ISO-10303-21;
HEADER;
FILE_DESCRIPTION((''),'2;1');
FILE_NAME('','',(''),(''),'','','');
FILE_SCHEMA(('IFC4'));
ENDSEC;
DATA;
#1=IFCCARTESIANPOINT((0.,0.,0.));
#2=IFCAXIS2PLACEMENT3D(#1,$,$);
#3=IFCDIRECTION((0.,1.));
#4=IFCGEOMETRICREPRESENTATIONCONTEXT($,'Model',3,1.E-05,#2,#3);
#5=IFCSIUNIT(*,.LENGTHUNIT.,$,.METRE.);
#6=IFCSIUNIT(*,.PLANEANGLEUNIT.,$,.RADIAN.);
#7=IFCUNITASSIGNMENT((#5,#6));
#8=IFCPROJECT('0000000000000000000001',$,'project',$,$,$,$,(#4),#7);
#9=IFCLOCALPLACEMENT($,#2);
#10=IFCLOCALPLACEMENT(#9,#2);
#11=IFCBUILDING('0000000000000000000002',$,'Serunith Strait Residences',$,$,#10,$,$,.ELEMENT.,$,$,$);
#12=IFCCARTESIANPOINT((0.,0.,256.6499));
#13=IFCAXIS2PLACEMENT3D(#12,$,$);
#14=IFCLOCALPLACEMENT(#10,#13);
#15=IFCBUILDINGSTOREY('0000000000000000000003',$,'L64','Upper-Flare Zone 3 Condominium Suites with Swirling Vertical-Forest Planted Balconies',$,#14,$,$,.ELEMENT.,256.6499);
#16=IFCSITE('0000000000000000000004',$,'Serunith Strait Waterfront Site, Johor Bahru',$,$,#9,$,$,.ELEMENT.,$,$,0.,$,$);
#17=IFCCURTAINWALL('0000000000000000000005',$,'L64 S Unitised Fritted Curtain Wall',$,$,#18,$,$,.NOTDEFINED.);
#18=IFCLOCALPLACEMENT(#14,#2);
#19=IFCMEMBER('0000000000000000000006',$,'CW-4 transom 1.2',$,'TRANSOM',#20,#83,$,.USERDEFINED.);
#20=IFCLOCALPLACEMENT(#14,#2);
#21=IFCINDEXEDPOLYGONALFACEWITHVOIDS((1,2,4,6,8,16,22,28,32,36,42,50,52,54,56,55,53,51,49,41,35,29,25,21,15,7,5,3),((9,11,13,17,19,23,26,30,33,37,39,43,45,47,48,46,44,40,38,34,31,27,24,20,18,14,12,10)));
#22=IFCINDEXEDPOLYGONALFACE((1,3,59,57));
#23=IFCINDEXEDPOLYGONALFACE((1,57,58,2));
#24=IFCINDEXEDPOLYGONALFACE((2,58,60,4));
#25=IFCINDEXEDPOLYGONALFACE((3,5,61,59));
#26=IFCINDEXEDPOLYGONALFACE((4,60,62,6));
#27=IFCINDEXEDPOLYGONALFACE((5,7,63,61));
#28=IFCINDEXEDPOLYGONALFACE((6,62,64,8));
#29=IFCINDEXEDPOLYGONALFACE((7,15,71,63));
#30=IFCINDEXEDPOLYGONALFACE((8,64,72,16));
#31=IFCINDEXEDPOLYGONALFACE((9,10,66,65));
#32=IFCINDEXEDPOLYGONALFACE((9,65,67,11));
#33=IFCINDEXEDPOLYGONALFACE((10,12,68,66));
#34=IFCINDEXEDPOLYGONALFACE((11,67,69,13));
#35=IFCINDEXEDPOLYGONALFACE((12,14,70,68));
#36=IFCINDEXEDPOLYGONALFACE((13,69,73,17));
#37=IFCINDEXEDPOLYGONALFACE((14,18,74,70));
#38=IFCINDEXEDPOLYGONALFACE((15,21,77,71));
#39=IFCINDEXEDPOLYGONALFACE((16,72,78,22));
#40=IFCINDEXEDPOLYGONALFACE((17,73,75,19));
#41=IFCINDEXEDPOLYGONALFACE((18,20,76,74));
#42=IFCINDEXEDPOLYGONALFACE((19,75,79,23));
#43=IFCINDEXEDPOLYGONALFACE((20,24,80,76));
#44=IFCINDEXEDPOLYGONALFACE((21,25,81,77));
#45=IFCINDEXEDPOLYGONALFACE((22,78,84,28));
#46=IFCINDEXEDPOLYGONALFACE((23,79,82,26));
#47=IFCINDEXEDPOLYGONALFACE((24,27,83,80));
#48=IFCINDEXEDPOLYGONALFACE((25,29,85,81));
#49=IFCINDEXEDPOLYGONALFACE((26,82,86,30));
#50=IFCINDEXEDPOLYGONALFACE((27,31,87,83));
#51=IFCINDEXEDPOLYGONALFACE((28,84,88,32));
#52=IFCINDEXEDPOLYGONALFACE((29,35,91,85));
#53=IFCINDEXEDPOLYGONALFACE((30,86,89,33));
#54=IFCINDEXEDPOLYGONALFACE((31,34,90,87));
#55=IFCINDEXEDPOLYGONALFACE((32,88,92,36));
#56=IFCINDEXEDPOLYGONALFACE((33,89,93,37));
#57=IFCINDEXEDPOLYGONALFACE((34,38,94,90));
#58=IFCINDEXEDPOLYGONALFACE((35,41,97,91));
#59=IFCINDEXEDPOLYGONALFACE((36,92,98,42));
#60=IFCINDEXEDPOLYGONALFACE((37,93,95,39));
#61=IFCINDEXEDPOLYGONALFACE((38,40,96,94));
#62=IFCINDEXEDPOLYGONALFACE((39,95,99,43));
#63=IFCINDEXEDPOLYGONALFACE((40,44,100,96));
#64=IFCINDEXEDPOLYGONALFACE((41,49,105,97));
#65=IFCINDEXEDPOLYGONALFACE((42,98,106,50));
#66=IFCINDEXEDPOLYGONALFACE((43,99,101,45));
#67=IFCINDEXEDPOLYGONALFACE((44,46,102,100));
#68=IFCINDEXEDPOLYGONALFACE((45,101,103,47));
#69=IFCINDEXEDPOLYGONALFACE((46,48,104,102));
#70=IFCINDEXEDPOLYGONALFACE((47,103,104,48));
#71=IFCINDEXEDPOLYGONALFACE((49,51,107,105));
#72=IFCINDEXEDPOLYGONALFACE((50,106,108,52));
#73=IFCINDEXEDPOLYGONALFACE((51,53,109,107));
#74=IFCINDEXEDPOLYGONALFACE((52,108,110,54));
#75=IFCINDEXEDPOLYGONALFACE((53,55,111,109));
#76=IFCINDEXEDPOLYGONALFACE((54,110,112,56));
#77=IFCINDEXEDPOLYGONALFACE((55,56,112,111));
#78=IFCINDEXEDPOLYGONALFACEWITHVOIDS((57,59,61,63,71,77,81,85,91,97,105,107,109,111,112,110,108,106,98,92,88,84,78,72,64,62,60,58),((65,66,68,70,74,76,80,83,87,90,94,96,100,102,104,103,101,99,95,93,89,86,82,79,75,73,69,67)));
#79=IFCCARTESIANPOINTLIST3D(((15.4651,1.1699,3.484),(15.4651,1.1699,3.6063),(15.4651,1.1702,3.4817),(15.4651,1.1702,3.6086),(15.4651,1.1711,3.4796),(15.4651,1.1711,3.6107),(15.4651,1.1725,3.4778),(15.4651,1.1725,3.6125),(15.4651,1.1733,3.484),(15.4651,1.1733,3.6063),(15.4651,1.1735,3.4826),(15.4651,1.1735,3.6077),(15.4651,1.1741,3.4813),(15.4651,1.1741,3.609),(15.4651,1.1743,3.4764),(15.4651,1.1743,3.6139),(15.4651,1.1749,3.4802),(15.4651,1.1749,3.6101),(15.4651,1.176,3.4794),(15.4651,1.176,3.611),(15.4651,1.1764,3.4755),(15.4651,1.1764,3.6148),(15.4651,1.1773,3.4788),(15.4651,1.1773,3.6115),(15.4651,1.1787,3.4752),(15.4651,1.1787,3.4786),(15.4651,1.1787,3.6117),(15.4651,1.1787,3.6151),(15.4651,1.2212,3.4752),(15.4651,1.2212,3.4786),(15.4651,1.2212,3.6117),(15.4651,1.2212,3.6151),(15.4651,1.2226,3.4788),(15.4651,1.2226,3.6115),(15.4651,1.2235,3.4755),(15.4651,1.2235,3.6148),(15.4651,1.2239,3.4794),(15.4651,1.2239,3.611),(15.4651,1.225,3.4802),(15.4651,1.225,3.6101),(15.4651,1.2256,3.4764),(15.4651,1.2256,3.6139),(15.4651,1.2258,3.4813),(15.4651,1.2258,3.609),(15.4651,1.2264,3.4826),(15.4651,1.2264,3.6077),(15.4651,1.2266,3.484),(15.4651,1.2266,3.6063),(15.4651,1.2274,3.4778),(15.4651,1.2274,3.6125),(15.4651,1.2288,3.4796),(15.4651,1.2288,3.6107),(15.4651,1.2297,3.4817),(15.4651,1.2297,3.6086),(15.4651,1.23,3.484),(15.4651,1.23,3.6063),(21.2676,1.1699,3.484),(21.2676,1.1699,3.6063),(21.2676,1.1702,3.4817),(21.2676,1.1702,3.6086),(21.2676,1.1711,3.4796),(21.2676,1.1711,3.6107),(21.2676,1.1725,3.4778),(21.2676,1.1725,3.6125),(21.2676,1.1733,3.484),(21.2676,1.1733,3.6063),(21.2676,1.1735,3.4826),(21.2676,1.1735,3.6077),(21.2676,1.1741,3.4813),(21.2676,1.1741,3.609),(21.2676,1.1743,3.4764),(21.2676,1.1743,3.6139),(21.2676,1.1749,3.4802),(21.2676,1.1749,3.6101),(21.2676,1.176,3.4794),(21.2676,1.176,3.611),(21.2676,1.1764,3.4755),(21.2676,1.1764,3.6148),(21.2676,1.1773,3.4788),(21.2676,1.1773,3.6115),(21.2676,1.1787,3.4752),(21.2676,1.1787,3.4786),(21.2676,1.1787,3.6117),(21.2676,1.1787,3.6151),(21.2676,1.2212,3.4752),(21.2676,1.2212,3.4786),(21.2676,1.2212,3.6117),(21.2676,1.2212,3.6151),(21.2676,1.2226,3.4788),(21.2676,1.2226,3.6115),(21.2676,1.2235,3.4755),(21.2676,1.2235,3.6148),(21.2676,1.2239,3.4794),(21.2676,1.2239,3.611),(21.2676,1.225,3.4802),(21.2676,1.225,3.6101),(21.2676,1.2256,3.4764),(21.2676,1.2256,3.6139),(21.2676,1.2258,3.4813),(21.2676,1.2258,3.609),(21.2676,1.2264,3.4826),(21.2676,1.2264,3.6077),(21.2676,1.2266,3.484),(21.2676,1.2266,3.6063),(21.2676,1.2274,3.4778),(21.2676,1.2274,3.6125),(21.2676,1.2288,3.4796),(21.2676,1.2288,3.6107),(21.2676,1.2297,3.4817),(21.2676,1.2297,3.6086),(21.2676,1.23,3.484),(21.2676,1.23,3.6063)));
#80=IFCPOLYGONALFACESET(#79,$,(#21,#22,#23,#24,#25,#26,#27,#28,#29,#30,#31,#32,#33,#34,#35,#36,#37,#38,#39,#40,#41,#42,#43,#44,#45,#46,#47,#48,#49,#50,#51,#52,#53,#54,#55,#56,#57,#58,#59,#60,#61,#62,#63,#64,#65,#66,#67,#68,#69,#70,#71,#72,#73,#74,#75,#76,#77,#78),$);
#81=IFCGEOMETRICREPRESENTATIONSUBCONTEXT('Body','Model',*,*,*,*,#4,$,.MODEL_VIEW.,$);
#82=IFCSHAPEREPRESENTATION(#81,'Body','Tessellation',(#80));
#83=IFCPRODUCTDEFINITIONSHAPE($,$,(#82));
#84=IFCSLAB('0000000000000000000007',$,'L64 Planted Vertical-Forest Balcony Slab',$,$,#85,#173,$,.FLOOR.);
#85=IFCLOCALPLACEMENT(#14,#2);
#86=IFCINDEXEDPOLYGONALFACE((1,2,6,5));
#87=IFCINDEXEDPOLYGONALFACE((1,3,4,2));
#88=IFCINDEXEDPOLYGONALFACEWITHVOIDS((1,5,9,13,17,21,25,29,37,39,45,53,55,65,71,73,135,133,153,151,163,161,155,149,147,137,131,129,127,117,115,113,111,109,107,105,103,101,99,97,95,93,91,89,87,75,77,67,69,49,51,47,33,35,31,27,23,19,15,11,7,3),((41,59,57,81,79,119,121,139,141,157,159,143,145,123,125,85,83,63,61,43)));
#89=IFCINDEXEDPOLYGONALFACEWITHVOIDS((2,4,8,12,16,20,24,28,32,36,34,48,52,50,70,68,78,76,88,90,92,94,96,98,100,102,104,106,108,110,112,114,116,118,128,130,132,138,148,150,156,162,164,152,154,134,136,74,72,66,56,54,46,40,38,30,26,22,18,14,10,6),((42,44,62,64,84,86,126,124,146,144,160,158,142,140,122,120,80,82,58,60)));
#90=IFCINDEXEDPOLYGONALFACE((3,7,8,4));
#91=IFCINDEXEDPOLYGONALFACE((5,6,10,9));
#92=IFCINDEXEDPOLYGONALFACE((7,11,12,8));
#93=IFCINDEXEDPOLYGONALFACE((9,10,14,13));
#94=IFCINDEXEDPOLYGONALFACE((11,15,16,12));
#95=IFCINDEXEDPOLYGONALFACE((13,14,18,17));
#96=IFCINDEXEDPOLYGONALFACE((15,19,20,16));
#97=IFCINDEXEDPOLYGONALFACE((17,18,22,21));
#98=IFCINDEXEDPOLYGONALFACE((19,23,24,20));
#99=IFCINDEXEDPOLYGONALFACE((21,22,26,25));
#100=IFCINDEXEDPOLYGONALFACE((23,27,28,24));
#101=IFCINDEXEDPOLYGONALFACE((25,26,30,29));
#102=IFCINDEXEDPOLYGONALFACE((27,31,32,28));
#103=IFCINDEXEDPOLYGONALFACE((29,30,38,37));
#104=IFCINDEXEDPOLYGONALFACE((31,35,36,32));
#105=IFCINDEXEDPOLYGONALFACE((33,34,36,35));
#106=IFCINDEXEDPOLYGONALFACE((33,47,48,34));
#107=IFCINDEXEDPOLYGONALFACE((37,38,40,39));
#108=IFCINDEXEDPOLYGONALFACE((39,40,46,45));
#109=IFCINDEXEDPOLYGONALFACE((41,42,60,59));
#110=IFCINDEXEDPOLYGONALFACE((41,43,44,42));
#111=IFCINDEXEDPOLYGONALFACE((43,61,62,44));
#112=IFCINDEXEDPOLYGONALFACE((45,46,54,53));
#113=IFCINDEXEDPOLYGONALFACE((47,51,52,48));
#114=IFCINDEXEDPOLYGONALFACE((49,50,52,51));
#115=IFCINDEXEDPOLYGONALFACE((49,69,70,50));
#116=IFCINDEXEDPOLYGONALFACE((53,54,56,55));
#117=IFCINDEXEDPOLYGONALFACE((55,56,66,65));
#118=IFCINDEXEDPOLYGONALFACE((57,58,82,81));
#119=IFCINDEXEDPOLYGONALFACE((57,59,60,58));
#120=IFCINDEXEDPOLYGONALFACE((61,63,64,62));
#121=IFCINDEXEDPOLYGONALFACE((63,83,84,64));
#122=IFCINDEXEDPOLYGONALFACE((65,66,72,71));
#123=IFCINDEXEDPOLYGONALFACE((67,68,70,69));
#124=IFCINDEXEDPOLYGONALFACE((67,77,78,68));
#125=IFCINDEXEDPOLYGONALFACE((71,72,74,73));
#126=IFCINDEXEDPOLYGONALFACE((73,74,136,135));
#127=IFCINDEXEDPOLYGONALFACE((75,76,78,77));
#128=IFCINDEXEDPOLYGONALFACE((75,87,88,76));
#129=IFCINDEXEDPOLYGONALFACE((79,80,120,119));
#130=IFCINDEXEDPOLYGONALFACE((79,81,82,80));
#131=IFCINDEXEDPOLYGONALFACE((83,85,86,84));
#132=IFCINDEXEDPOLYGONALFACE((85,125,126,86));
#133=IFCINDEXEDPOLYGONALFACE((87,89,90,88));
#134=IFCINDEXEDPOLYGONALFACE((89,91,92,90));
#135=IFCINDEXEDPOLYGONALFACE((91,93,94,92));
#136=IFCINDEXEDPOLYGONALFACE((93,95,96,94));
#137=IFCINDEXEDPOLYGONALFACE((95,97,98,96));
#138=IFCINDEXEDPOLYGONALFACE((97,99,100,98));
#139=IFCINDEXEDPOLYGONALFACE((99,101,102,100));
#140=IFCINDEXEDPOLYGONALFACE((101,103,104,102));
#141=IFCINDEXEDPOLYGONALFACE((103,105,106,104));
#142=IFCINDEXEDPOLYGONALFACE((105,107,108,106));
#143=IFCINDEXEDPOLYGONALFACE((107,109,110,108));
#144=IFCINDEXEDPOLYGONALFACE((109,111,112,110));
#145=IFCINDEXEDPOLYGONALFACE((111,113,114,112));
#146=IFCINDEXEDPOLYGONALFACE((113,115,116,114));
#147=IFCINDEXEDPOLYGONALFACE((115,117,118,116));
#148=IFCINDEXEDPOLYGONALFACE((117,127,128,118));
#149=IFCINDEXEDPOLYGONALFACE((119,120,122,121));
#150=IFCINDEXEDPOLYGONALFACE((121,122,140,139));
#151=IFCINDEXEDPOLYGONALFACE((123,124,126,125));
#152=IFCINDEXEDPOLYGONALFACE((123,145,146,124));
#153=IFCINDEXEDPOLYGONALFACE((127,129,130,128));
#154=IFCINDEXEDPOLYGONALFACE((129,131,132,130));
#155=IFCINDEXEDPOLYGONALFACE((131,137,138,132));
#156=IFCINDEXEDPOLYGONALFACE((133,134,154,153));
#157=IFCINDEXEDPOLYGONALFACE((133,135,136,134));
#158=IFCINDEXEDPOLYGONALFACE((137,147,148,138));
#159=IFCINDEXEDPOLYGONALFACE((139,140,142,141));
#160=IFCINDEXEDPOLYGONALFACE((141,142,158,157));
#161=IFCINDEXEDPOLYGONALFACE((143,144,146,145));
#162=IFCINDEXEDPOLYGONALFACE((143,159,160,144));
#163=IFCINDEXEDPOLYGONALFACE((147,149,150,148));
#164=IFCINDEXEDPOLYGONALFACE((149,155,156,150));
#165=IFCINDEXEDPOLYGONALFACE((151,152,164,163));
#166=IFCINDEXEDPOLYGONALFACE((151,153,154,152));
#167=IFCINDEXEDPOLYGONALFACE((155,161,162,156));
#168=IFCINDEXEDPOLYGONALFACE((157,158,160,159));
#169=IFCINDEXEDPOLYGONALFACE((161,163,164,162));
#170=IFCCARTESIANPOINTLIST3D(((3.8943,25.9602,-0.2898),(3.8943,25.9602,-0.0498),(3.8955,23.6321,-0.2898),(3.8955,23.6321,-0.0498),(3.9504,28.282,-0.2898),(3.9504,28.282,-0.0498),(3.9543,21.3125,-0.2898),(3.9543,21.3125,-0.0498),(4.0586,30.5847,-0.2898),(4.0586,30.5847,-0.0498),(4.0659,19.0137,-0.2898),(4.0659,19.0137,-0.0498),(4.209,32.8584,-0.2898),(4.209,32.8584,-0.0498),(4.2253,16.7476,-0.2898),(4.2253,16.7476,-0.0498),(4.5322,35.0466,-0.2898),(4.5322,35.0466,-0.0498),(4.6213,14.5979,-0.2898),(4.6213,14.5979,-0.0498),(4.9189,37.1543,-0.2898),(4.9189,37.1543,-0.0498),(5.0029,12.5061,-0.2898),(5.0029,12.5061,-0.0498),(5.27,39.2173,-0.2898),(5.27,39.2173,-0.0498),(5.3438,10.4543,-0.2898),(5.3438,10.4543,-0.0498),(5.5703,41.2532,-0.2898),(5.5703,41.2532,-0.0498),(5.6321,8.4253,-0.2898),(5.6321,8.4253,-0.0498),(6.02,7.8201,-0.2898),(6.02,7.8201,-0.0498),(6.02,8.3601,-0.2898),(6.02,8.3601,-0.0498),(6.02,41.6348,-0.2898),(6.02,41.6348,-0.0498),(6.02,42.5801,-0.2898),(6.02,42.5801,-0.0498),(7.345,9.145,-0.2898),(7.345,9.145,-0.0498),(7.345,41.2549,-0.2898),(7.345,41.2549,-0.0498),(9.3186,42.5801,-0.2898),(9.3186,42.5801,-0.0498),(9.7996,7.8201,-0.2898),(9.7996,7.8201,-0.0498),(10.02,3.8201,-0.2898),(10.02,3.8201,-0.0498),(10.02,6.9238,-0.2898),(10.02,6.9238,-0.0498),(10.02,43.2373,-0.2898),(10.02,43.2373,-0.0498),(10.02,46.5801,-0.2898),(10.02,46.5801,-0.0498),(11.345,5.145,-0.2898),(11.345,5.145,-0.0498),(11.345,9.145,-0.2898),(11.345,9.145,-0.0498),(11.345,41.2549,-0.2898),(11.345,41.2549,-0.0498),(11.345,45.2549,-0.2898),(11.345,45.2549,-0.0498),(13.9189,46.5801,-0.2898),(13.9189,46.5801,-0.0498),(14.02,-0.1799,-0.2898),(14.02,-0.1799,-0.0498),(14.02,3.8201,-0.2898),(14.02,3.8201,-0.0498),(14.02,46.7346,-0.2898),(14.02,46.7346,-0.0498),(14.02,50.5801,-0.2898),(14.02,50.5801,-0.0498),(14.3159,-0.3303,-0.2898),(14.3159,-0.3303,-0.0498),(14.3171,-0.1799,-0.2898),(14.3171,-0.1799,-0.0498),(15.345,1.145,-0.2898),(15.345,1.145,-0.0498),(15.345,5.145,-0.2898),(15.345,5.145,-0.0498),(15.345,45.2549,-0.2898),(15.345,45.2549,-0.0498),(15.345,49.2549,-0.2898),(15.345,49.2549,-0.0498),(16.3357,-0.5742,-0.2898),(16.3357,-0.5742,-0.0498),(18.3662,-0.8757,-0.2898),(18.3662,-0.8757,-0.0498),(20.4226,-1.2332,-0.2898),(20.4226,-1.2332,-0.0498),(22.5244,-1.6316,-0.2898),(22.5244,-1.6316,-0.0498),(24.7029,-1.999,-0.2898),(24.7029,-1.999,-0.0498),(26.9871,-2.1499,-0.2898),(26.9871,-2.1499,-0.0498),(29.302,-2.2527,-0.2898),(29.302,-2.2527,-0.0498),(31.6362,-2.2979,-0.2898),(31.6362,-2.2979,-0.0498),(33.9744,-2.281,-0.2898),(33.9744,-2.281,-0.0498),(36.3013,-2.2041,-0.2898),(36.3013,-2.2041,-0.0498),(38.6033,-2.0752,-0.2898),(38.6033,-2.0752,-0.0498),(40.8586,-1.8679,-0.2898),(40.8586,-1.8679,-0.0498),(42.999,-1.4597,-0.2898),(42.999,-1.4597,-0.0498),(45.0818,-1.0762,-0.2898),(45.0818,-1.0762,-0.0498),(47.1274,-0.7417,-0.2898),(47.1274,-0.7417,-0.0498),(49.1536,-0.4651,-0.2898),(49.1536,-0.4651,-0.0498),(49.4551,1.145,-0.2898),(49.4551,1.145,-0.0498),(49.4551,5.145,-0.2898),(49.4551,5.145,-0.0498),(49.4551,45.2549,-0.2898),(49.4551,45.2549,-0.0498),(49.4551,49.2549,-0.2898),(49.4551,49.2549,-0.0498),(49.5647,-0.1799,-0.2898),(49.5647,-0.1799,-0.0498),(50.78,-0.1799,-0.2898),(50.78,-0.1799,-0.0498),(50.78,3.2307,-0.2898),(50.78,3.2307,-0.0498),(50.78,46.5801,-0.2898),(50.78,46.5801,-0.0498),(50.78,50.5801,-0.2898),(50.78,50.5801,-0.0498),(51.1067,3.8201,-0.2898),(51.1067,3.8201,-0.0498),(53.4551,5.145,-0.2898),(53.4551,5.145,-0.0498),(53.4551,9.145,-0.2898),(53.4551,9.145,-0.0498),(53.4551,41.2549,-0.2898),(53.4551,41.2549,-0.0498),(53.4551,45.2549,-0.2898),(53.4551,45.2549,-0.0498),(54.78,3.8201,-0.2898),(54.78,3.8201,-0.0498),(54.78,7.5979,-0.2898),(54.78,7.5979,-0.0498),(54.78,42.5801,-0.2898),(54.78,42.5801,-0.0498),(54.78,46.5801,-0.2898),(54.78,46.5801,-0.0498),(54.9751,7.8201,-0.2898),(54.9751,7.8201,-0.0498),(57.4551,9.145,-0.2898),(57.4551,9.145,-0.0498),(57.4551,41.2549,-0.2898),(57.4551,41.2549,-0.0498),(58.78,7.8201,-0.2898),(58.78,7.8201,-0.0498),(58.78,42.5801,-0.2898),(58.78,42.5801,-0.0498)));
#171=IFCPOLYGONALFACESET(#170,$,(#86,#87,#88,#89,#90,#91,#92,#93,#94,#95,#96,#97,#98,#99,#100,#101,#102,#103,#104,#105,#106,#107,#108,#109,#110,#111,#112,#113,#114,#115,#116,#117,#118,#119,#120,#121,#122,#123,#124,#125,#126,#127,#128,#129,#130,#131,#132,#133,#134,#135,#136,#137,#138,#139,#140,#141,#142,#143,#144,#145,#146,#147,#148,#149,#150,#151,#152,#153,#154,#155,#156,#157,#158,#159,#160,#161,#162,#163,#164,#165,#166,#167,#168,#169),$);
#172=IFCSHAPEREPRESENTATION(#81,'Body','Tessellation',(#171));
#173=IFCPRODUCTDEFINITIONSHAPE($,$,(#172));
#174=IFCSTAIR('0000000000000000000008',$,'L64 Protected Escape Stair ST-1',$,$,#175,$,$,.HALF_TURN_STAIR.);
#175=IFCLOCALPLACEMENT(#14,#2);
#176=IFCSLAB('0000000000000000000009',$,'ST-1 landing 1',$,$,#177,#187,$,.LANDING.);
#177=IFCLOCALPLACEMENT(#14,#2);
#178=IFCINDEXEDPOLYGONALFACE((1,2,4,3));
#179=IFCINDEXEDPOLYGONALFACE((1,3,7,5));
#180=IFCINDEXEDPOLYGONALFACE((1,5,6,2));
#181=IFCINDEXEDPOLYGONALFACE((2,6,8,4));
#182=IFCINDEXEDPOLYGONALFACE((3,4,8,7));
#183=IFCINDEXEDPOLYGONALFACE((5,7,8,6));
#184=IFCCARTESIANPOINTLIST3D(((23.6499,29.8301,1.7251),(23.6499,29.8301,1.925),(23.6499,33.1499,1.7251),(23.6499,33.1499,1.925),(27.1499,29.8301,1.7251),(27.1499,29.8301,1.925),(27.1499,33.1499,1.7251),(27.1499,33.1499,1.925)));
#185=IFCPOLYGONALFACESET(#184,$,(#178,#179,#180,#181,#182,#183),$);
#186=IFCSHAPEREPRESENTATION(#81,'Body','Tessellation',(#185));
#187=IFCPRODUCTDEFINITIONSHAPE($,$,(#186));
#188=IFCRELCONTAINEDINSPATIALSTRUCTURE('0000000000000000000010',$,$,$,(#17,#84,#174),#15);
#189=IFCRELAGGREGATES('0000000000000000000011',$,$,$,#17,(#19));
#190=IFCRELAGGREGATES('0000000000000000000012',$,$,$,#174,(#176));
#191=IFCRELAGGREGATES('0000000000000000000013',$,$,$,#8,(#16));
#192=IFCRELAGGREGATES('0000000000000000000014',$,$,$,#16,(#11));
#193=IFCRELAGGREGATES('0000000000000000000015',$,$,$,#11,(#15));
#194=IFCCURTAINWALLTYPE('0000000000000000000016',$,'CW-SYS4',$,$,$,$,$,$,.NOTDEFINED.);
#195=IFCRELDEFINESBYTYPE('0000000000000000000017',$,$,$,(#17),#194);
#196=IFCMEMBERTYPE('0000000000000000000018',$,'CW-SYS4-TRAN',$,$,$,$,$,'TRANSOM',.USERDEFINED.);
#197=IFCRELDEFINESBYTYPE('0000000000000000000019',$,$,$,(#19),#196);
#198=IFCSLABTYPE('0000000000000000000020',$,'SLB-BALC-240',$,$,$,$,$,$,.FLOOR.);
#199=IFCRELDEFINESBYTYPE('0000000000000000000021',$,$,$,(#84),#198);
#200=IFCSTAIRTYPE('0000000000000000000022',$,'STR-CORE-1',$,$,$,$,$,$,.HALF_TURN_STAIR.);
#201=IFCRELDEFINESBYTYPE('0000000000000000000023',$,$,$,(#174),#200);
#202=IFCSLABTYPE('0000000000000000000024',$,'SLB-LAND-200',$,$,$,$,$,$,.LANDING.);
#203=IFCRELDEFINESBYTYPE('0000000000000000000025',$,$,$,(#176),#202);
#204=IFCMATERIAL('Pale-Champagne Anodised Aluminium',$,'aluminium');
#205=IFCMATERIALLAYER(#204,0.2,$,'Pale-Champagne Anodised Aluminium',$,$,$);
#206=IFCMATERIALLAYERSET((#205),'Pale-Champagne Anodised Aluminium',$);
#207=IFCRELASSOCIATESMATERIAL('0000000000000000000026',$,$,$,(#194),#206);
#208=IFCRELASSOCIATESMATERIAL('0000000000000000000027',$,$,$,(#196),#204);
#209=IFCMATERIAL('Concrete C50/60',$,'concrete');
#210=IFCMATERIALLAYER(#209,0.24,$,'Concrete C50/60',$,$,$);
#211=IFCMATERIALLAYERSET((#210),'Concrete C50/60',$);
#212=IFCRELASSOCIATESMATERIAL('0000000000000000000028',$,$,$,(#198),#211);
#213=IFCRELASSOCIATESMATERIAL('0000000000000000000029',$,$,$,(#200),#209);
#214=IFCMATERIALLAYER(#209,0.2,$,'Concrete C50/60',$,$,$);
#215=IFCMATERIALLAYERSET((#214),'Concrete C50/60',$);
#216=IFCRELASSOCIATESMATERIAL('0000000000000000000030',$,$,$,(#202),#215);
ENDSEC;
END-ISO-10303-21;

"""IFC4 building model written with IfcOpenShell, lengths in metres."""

from ifc_helpers import new_model, si_unit, direction, frame, origin, origin_2d, place, context, subcontext, project, spatial, polyline, hollow_rectangle, outline, extrude, source, transform, mapped, material, layer, layer_set, material_profile, profile_set, type_object, element, aggregate, save


model = new_model("IFC4")

# Units and contexts
model_context = context("Model", 3, precision=1e-05, world=origin(), true_north=direction((0.0, 1.0)))
body_context = subcontext(model_context, "Body", "Model", "MODEL_VIEW")
ifc_project = project(units=[si_unit("LENGTHUNIT", "METRE"), si_unit("PLANEANGLEUNIT", "RADIAN")], contexts=[model_context])

# Site, building, storey
site_placement = place(None, origin())
site = spatial("IfcSite", under=ifc_project, at=site_placement, Name="Serunith Strait Waterfront Site, Johor Bahru", CompositionType="ELEMENT", RefElevation=0.0)
building_placement = place(site_placement, origin())
building = spatial("IfcBuilding", under=site, at=building_placement, Name="Serunith Strait Residences", CompositionType="ELEMENT")
storey_placement = place(building_placement, frame((0.0, 0.0, 256.6499)))
storey = spatial("IfcBuildingStorey", under=building, at=storey_placement, Name="L64", Description="Upper-Flare Zone 3 Condominium Suites with Swirling Vertical-Forest Planted Balconies", CompositionType="ELEMENT", Elevation=256.6499)

# Curtain wall
ifc_material_1 = material(Name="Pale-Champagne Anodised Aluminium", Category="aluminium")
ifc_layer_1 = layer(ifc_material_1, 0.2, Name="Pale-Champagne Anodised Aluminium")
ifc_layer_set_1 = layer_set([ifc_layer_1], Name="Pale-Champagne Anodised Aluminium")
curtain_wall_type = type_object("IfcCurtainWallType", Name="CW-SYS4", PredefinedType="NOTDEFINED", material=ifc_layer_set_1)
curtain_wall_1_placement = place(storey_placement, origin())
curtain_wall_1 = element("IfcCurtainWall", 1, at=curtain_wall_1_placement, inside=storey, type_object=curtain_wall_type, Name="L64 S Unitised Fritted Curtain Wall", PredefinedType="NOTDEFINED")

# Member
ifc_material_profile_1 = material_profile(ifc_material_1, hollow_rectangle(XDim=0.0601, YDim=0.1399, WallThickness=0.0034, InnerFilletRadius=0.0054, OuterFilletRadius=0.0088, at=origin_2d()), Name="ALU 140x60x3.5")
ifc_profile_set_1 = profile_set([ifc_material_profile_1], Name="Pale-Champagne Anodised Aluminium")
member_type_1 = type_object("IfcMemberType", Name="CW-SYS4-TRAN", ElementType="TRANSOM", PredefinedType="USERDEFINED", material=ifc_profile_set_1)
shared_shape_1 = source(origin(), body_context, "Body", "SweptSolid", [
    extrude(hollow_rectangle(XDim=0.0601, YDim=0.1399, WallThickness=0.0034, InnerFilletRadius=0.0054, OuterFilletRadius=0.0088, at=origin_2d()), origin(), (0.0, 0.0, 1.0), 5.8025),
])
member_1_placement = place(storey_placement, frame((15.4651, 1.2, 3.5452), z_axis=(1.0, 0.0, 0.0), x_axis=(0.0, 1.0, 0.0)))
member_1 = element("IfcMember", 2, at=member_1_placement, type_object=member_type_1, Name="CW-4 transom 1.2", ObjectType="TRANSOM", PredefinedType="USERDEFINED", context=body_context, shape_type="MappedRepresentation", body=[
    mapped(shared_shape_1, transform((0.0, 0.0, 0.0), scale=1.0)),
])
aggregate(curtain_wall_1, [member_1])

# Slab
ifc_material_2 = material(Name="Concrete C50/60", Category="concrete")
ifc_layer_2 = layer(ifc_material_2, 0.24, Name="Concrete C50/60")
ifc_layer_set_2 = layer_set([ifc_layer_2], Name="Concrete C50/60")
slab_type_1 = type_object("IfcSlabType", Name="SLB-BALC-240", PredefinedType="FLOOR", material=ifc_layer_set_2)
slab_1_placement = place(storey_placement, frame((0.0, 0.0, -0.2898)))
element("IfcSlab", 3, at=slab_1_placement, inside=storey, type_object=slab_type_1, Name="L64 Planted Vertical-Forest Balcony Slab", PredefinedType="FLOOR", context=body_context, shape_type="SweptSolid", body=[
    extrude(outline(polyline([(14.02, -0.1799), (14.02, 3.8201), (10.02, 3.8201), (10.02, 6.9238), (9.7996, 7.8201), (6.02, 7.8201), (6.02, 8.3601), (5.6321, 8.4253), (5.3438, 10.4543), (5.0029, 12.5061), (4.6213, 14.5979), (4.2253, 16.7476), (4.0659, 19.0137), (3.9543, 21.3125), (3.8955, 23.6321), (3.8943, 25.9602), (3.9504, 28.282), (4.0586, 30.5847), (4.209, 32.8584), (4.5322, 35.0466), (4.9189, 37.1543), (5.27, 39.2173), (5.5703, 41.2532), (6.02, 41.6348), (6.02, 42.5801), (9.3186, 42.5801), (10.02, 43.2373), (10.02, 46.5801), (13.9189, 46.5801), (14.02, 46.7346), (14.02, 50.5801), (50.78, 50.5801), (50.78, 46.5801), (54.78, 46.5801), (54.78, 42.5801), (58.78, 42.5801), (58.78, 7.8201), (54.9751, 7.8201), (54.78, 7.5979), (54.78, 3.8201), (51.1067, 3.8201), (50.78, 3.2307), (50.78, -0.1799), (49.5647, -0.1799), (49.1536, -0.4651), (47.1274, -0.7417), (45.0818, -1.0762), (42.999, -1.4597), (40.8586, -1.8679), (38.6033, -2.0752), (36.3013, -2.2041), (33.9744, -2.281), (31.6362, -2.2979), (29.302, -2.2527), (26.9871, -2.1499), (24.7029, -1.999), (22.5244, -1.6316), (20.4226, -1.2332), (18.3662, -0.8757), (16.3357, -0.5742), (14.3159, -0.3303), (14.3171, -0.1799), (14.02, -0.1799)]), holes=[polyline([(49.4551, 1.145), (49.4551, 5.145), (53.4551, 5.145), (53.4551, 9.145), (57.4551, 9.145), (57.4551, 41.2549), (53.4551, 41.2549), (53.4551, 45.2549), (49.4551, 45.2549), (49.4551, 49.2549), (15.345, 49.2549), (15.345, 45.2549), (11.345, 45.2549), (11.345, 41.2549), (7.345, 41.2549), (7.345, 9.145), (11.345, 9.145), (11.345, 5.145), (15.345, 5.145), (15.345, 1.145), (49.4551, 1.145)])]), origin(), (0.0, 0.0, 1.0), 0.24),
])

# Stair, slab
stair_type_1 = type_object("IfcStairType", Name="STR-CORE-1", PredefinedType="HALF_TURN_STAIR", material=ifc_material_2)
stair_1_placement = place(storey_placement, origin())
stair_1 = element("IfcStair", 4, at=stair_1_placement, inside=storey, type_object=stair_type_1, Name="L64 Protected Escape Stair ST-1", PredefinedType="HALF_TURN_STAIR")
ifc_layer_3 = layer(ifc_material_2, 0.2, Name="Concrete C50/60")
ifc_layer_set_3 = layer_set([ifc_layer_3], Name="Concrete C50/60")
slab_type_2 = type_object("IfcSlabType", Name="SLB-LAND-200", PredefinedType="LANDING", material=ifc_layer_set_3)
slab_2_placement = place(storey_placement, frame((0.0, 0.0, 1.7251)))
slab_2 = element("IfcSlab", 5, at=slab_2_placement, type_object=slab_type_2, Name="ST-1 landing 1", PredefinedType="LANDING", context=body_context, shape_type="SweptSolid", body=[
    extrude(outline(polyline([(27.1499, 29.8301), (27.1499, 33.1499), (23.6499, 33.1499), (23.6499, 29.8301), (27.1499, 29.8301)])), origin(), (0.0, 0.0, 1.0), 0.2),
])
aggregate(stair_1, [slab_2])

save(model, "model.ifc")
